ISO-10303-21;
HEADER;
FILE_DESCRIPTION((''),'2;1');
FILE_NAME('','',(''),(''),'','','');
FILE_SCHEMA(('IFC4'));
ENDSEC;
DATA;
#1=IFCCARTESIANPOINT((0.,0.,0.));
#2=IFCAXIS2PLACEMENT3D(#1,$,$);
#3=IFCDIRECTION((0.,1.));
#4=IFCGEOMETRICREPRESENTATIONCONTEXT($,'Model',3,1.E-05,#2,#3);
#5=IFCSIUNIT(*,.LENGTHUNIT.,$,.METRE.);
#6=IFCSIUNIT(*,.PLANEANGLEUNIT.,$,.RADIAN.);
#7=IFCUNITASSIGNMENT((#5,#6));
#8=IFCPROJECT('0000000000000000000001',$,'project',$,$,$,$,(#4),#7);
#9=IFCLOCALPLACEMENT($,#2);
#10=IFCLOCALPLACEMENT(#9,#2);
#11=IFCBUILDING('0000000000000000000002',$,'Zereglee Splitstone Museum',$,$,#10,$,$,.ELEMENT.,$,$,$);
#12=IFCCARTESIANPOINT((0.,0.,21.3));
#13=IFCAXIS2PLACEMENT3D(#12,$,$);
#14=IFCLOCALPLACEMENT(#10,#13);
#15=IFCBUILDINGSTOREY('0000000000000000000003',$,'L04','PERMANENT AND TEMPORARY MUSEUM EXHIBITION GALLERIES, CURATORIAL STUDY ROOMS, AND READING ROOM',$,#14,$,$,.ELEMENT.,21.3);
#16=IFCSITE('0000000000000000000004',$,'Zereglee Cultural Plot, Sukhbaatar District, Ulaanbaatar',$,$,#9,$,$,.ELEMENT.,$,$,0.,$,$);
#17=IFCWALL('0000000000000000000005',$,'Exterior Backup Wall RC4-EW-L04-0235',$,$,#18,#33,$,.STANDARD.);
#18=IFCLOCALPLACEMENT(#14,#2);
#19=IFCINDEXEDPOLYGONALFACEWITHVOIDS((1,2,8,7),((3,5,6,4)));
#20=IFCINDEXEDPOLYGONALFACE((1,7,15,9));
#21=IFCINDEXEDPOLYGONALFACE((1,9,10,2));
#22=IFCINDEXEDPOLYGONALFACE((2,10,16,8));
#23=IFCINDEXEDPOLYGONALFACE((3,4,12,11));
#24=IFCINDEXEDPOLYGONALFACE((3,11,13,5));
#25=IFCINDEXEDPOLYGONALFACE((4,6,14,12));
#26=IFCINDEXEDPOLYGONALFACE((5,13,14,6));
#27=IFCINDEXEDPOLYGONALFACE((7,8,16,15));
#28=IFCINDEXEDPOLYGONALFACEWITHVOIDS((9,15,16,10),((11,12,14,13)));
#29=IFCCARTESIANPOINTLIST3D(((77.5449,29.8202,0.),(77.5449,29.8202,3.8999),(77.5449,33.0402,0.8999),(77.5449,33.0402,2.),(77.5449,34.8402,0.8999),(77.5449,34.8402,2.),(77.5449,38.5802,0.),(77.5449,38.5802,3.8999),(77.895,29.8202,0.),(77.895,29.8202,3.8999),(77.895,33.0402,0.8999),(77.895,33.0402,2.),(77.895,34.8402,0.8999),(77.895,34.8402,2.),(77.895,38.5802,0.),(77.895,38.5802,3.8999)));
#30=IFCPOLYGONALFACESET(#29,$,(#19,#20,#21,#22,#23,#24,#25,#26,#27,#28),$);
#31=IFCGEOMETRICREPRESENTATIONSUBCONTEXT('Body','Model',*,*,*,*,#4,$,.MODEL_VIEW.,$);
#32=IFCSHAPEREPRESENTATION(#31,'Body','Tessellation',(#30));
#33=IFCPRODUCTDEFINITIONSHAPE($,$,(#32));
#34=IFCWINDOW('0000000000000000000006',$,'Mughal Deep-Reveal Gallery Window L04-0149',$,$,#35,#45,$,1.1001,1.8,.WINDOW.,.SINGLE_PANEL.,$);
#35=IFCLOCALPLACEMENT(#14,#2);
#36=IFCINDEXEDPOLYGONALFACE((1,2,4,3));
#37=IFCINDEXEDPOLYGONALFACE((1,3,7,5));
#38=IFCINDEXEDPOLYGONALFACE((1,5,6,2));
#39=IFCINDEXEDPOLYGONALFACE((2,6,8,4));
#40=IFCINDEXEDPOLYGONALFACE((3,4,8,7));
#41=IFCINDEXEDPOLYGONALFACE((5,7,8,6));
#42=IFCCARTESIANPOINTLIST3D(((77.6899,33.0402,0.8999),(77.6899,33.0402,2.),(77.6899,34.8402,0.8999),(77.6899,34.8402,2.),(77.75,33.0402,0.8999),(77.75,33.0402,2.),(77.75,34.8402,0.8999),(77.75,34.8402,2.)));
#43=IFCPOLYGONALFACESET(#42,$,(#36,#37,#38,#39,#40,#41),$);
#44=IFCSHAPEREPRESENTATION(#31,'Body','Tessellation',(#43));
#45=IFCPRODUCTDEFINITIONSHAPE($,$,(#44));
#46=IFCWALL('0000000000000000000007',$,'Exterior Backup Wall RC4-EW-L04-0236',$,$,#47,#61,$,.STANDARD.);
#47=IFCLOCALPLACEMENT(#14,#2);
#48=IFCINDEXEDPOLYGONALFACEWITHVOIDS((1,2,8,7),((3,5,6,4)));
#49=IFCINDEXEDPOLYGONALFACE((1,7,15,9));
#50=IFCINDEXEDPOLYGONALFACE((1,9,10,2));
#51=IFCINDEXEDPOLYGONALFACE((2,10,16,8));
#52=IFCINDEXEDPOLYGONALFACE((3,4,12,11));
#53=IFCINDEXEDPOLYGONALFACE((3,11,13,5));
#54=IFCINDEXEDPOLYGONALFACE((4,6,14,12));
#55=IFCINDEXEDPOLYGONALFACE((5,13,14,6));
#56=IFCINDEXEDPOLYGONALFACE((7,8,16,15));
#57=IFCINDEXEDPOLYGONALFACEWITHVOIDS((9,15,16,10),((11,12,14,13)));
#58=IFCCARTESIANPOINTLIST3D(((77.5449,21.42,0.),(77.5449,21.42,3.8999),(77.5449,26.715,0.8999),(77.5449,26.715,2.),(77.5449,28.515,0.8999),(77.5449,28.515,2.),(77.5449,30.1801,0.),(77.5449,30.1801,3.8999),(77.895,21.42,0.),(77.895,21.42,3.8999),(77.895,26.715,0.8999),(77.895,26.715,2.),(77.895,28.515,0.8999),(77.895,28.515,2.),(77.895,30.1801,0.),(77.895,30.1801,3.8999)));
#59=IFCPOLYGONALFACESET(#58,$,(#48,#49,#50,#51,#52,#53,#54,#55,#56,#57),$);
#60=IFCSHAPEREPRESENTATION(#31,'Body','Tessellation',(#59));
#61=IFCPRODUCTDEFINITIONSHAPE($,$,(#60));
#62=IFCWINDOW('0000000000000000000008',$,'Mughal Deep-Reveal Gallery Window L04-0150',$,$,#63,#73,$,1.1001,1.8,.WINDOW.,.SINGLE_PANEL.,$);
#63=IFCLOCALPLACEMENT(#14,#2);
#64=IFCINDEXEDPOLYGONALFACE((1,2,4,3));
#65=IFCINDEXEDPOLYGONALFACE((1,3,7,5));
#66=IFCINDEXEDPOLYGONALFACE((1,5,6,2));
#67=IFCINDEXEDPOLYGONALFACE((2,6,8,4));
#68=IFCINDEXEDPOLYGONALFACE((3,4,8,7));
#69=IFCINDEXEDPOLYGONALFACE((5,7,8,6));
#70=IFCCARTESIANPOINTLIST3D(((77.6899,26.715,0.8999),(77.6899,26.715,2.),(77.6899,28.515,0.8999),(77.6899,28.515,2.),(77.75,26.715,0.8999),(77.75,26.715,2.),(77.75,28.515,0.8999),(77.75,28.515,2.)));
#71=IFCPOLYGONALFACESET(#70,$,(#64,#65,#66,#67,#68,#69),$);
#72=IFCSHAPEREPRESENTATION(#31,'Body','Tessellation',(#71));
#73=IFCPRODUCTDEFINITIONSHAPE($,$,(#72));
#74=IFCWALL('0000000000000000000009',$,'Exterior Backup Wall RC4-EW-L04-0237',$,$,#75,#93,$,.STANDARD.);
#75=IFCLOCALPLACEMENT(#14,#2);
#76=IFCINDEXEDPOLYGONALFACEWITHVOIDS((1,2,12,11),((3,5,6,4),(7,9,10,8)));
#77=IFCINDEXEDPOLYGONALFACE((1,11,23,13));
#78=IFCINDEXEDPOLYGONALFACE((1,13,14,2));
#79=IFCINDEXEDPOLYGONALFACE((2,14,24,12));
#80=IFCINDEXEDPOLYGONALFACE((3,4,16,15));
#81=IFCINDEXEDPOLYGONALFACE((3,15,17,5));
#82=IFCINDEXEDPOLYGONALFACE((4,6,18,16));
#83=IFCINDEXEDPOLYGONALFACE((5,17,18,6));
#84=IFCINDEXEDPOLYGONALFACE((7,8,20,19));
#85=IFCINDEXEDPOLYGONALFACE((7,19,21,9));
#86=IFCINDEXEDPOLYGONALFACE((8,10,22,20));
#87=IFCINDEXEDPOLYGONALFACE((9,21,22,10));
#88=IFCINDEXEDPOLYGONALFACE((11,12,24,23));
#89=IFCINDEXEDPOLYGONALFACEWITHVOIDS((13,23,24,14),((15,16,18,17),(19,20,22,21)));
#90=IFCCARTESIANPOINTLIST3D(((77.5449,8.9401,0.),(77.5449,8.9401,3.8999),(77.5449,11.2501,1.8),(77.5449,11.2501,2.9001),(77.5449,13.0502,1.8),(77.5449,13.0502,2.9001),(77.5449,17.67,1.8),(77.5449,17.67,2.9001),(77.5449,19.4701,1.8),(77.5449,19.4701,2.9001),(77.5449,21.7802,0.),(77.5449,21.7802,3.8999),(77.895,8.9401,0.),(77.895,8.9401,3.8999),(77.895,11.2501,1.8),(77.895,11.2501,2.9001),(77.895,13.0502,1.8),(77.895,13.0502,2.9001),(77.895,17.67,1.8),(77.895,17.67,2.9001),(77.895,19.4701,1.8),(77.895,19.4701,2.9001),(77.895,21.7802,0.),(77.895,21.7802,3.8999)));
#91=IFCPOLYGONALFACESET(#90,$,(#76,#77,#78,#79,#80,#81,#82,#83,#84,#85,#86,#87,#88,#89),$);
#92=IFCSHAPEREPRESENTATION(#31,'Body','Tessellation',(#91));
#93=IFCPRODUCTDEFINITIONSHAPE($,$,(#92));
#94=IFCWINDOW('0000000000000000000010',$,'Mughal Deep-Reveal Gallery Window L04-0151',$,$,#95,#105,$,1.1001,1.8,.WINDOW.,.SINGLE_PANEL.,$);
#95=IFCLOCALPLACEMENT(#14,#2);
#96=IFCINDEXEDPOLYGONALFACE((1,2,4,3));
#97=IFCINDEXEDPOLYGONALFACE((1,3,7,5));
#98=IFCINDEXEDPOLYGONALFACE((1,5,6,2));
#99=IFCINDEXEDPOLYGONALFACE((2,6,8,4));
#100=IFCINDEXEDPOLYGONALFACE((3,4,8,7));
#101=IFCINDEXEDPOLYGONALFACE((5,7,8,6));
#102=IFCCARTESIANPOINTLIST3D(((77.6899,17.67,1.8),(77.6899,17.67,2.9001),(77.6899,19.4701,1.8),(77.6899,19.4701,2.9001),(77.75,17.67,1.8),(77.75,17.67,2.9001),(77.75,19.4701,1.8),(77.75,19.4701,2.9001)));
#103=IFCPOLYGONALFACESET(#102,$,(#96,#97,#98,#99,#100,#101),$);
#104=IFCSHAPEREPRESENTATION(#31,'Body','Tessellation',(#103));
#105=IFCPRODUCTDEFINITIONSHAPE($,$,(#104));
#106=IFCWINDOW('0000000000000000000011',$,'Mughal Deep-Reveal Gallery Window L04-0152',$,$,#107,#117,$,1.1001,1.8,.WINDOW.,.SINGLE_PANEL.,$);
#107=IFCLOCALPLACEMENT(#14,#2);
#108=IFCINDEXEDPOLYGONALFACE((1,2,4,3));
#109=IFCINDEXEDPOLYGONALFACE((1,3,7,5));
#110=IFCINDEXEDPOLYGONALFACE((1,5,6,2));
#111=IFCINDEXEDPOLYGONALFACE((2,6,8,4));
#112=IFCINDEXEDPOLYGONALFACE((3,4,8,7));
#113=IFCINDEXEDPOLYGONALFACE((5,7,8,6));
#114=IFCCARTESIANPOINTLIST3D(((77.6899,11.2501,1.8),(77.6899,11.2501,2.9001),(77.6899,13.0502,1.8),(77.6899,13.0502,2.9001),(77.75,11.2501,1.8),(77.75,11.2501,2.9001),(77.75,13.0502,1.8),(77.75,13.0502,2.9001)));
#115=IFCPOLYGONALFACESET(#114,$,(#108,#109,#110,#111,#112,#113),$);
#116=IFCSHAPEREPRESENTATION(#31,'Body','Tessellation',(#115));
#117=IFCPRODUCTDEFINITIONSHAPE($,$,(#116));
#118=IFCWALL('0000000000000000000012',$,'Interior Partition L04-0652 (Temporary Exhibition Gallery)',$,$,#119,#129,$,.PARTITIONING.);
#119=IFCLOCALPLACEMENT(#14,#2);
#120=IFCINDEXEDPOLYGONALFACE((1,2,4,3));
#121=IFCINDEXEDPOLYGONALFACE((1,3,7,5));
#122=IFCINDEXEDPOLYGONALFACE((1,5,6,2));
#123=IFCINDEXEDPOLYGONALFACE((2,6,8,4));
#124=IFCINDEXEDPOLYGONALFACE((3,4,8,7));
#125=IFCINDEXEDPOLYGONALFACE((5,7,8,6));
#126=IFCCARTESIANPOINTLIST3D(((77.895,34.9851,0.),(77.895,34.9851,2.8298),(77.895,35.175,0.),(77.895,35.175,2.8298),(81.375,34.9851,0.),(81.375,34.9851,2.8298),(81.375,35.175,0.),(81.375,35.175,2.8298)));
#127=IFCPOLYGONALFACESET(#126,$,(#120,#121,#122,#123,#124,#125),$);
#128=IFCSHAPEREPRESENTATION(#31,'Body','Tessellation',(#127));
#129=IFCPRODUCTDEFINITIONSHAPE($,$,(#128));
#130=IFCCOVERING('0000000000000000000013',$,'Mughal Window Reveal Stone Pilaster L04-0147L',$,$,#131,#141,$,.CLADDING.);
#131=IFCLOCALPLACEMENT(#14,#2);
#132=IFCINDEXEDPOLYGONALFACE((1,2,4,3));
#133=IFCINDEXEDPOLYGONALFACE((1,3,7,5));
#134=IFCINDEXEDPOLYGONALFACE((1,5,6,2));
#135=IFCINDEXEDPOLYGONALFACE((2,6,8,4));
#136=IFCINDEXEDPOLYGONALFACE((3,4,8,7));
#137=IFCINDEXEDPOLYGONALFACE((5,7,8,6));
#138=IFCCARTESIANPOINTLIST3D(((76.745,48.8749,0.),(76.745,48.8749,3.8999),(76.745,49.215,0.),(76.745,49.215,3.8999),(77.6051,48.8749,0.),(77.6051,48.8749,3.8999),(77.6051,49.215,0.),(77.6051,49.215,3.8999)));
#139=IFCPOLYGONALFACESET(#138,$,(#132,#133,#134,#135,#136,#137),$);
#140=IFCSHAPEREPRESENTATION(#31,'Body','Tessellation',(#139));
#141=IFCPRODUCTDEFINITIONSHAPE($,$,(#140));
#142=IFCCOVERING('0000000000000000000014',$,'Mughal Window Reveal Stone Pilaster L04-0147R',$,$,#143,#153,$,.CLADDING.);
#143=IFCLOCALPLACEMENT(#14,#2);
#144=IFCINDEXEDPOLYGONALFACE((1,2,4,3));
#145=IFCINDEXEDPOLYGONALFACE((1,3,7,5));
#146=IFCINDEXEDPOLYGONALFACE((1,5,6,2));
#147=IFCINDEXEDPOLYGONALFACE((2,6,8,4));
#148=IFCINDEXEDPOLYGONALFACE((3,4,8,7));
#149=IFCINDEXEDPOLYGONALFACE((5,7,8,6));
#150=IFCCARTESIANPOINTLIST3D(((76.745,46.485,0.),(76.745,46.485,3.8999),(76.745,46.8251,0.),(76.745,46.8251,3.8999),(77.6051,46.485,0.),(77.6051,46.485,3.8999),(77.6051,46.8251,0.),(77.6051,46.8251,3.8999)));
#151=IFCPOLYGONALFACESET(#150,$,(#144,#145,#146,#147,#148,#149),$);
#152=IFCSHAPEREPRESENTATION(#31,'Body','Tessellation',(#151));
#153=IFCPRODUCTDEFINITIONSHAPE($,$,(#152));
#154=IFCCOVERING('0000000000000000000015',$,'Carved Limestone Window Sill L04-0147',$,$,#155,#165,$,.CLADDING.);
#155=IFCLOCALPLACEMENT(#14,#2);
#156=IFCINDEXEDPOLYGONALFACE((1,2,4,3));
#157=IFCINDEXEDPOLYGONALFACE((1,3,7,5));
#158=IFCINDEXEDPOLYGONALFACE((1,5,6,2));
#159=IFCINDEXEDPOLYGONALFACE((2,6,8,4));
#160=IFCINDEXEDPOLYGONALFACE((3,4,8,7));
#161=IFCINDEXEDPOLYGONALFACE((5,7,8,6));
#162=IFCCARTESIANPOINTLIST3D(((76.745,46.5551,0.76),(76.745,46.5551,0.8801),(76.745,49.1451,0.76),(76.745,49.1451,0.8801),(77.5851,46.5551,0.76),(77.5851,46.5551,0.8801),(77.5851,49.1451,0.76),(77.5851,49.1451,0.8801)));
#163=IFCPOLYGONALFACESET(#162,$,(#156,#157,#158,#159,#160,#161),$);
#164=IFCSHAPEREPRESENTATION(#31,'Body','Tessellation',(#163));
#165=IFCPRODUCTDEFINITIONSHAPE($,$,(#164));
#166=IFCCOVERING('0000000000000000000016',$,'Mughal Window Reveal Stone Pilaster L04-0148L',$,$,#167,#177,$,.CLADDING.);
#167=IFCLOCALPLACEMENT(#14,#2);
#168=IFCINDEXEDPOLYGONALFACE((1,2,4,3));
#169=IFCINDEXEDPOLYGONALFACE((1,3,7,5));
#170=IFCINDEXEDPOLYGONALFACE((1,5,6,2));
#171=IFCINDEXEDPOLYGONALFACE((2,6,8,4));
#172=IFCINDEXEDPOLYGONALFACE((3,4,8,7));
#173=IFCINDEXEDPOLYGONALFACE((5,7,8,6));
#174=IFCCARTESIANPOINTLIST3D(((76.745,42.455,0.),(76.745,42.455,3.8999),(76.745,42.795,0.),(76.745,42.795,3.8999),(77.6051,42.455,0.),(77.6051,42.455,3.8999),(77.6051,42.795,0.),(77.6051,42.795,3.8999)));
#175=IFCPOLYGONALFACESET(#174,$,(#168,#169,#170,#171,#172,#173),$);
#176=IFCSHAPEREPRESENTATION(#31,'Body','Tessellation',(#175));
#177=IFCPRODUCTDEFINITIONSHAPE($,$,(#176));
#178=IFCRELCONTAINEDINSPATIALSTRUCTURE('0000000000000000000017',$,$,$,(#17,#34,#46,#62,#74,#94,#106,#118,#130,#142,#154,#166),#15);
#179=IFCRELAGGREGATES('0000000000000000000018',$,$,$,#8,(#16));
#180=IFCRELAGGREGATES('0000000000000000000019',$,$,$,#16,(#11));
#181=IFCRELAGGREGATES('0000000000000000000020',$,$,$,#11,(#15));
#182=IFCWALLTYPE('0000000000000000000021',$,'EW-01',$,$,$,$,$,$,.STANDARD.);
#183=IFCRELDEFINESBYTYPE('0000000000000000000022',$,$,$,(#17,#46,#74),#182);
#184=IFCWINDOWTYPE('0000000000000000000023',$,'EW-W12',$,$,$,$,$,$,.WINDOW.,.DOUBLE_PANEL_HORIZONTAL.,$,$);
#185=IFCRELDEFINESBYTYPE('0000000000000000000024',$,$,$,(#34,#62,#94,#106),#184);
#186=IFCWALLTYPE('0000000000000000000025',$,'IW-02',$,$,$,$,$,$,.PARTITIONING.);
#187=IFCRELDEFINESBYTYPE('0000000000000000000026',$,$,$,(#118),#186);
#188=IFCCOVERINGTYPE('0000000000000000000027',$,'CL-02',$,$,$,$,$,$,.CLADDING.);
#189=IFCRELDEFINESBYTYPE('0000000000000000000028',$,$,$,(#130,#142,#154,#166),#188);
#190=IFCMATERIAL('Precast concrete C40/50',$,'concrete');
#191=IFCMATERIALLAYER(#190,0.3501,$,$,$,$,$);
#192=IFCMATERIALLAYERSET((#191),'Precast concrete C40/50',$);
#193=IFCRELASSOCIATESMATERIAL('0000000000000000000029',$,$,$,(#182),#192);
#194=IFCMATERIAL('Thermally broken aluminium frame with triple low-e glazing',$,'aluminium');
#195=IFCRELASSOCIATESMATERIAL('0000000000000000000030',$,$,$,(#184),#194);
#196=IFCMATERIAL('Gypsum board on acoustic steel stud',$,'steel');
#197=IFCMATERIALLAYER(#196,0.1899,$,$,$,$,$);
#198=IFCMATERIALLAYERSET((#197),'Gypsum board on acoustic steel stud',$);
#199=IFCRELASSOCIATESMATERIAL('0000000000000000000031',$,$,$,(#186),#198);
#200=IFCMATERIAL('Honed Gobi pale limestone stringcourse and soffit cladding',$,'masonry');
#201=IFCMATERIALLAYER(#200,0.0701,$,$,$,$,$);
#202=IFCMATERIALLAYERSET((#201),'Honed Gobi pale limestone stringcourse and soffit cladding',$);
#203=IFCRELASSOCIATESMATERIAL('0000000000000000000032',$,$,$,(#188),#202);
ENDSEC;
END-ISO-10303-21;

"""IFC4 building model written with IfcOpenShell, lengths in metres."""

from ifc_helpers import new_model, si_unit, direction, frame, frame_2d, origin, origin_2d, place, context, subcontext, project, spatial, rectangle, extrude, material, layer, layer_set, type_object, element, fill, save


model = new_model("IFC4")

# Units and contexts
model_context = context("Model", 3, precision=1e-05, world=origin(), true_north=direction((0.0, 1.0)))
body_context = subcontext(model_context, "Body", "Model", "MODEL_VIEW")
ifc_project = project(units=[si_unit("LENGTHUNIT", "METRE"), si_unit("PLANEANGLEUNIT", "RADIAN")], contexts=[model_context])

# Site, building, storey
site_placement = place(None, origin())
site = spatial("IfcSite", under=ifc_project, at=site_placement, Name="Zereglee Cultural Plot, Sukhbaatar District, Ulaanbaatar", CompositionType="ELEMENT", RefElevation=0.0)
building_placement = place(site_placement, origin())
building = spatial("IfcBuilding", under=site, at=building_placement, Name="Zereglee Splitstone Museum", CompositionType="ELEMENT")
storey_placement = place(building_placement, frame((0.0, 0.0, 21.3)))
storey = spatial("IfcBuildingStorey", under=building, at=storey_placement, Name="L04", Description="PERMANENT AND TEMPORARY MUSEUM EXHIBITION GALLERIES, CURATORIAL STUDY ROOMS, AND READING ROOM", CompositionType="ELEMENT", Elevation=21.3)

# Shared definitions
ifc_material_1 = material(Name="Precast concrete C40/50", Category="concrete")
ifc_layer_1 = layer(ifc_material_1, 0.3501)
ifc_layer_set_1 = layer_set([ifc_layer_1], Name="Precast concrete C40/50")
wall_type_1 = type_object("IfcWallType", Name="EW-01", PredefinedType="STANDARD", material=ifc_layer_set_1)
ifc_material_2 = material(Name="Thermally broken aluminium frame with triple low-e glazing", Category="aluminium")

# Walls, openings, windows
wall_1_placement = place(storey_placement, frame((77.72, 38.5801, 0.0), z_axis=(0.0, 0.0, 1.0), x_axis=(0.0, -1.0, 0.0)))
wall_1 = element("IfcWall", 1, at=wall_1_placement, inside=storey, type_object=wall_type_1, Name="Exterior Backup Wall RC4-EW-L04-0235", PredefinedType="STANDARD", context=body_context, shape_type="SweptSolid", body=[
    extrude(rectangle(XDim=8.76, YDim=0.3501, at=frame_2d((4.3799, 0.0))), origin(), (0.0, 0.0, 1.0), 3.8999),
])
opening_1_placement = place(wall_1_placement, frame((3.74, 0.0, 0.8999)))
opening_1 = element("IfcOpeningElement", 2, at=opening_1_placement, cuts=wall_1, PredefinedType="OPENING", context=body_context, shape_type="SweptSolid", body=[
    extrude(rectangle(XDim=1.8, YDim=1.1001, at=frame_2d((0.8999, 0.55))), frame((0.0, 0.1899, 0.0), z_axis=(0.0, -1.0, 0.0), x_axis=(1.0, 0.0, 0.0)), (0.0, 0.0, 1.0), 0.3799),
])
window_type_1 = type_object("IfcWindowType", Name="EW-W12", PartitioningType="DOUBLE_PANEL_HORIZONTAL", PredefinedType="WINDOW", material=ifc_material_2)
window_1_placement = place(opening_1_placement, origin())
window_1 = element("IfcWindow", 3, at=window_1_placement, inside=storey, type_object=window_type_1, Name="Mughal Deep-Reveal Gallery Window L04-0149", OverallHeight=1.1001, OverallWidth=1.8, PartitioningType="SINGLE_PANEL", PredefinedType="WINDOW", context=body_context, shape_type="SweptSolid", body=[
    extrude(rectangle(XDim=1.8, YDim=1.1001, at=frame_2d((0.8999, 0.55))), frame((0.0, 0.03, 0.0), z_axis=(0.0, -1.0, 0.0), x_axis=(1.0, 0.0, 0.0)), (0.0, 0.0, 1.0), 0.0601),
])
fill(opening_1, window_1)
wall_2_placement = place(storey_placement, frame((77.72, 30.1799, 0.0), z_axis=(0.0, 0.0, 1.0), x_axis=(0.0, -1.0, 0.0)))
wall_2 = element("IfcWall", 4, at=wall_2_placement, inside=storey, type_object=wall_type_1, Name="Exterior Backup Wall RC4-EW-L04-0236", PredefinedType="STANDARD", context=body_context, shape_type="SweptSolid", body=[
    extrude(rectangle(XDim=8.76, YDim=0.3501, at=frame_2d((4.3799, 0.0))), origin(), (0.0, 0.0, 1.0), 3.8999),
])
opening_2_placement = place(wall_2_placement, frame((1.665, 0.0, 0.8999)))
opening_2 = element("IfcOpeningElement", 5, at=opening_2_placement, cuts=wall_2, PredefinedType="OPENING", context=body_context, shape_type="SweptSolid", body=[
    extrude(rectangle(XDim=1.8, YDim=1.1001, at=frame_2d((0.8999, 0.55))), frame((0.0, 0.1899, 0.0), z_axis=(0.0, -1.0, 0.0), x_axis=(1.0, 0.0, 0.0)), (0.0, 0.0, 1.0), 0.3799),
])
window_2_placement = place(opening_2_placement, origin())
window_2 = element("IfcWindow", 6, at=window_2_placement, inside=storey, type_object=window_type_1, Name="Mughal Deep-Reveal Gallery Window L04-0150", OverallHeight=1.1001, OverallWidth=1.8, PartitioningType="SINGLE_PANEL", PredefinedType="WINDOW", context=body_context, shape_type="SweptSolid", body=[
    extrude(rectangle(XDim=1.8, YDim=1.1001, at=frame_2d((0.8999, 0.55))), frame((0.0, 0.03, 0.0), z_axis=(0.0, -1.0, 0.0), x_axis=(1.0, 0.0, 0.0)), (0.0, 0.0, 1.0), 0.0601),
])
fill(opening_2, window_2)

# Wall, openings, windows
wall_3_placement = place(storey_placement, frame((77.72, 21.78, 0.0), z_axis=(0.0, 0.0, 1.0), x_axis=(0.0, -1.0, 0.0)))
wall_3 = element("IfcWall", 7, at=wall_3_placement, inside=storey, type_object=wall_type_1, Name="Exterior Backup Wall RC4-EW-L04-0237", PredefinedType="STANDARD", context=body_context, shape_type="SweptSolid", body=[
    extrude(rectangle(XDim=12.8401, YDim=0.3501, at=frame_2d((6.4199, 0.0))), origin(), (0.0, 0.0, 1.0), 3.8999),
])
opening_3_placement = place(wall_3_placement, frame((2.3101, 0.0, 1.8)))
opening_3 = element("IfcOpeningElement", 8, at=opening_3_placement, cuts=wall_3, PredefinedType="OPENING", context=body_context, shape_type="SweptSolid", body=[
    extrude(rectangle(XDim=1.8, YDim=1.1001, at=frame_2d((0.8999, 0.55))), frame((0.0, 0.1899, 0.0), z_axis=(0.0, -1.0, 0.0), x_axis=(1.0, 0.0, 0.0)), (0.0, 0.0, 1.0), 0.3799),
])
opening_4_placement = place(wall_3_placement, frame((8.73, 0.0, 1.8)))
opening_4 = element("IfcOpeningElement", 9, at=opening_4_placement, cuts=wall_3, PredefinedType="OPENING", context=body_context, shape_type="SweptSolid", body=[
    extrude(rectangle(XDim=1.8, YDim=1.1001, at=frame_2d((0.8999, 0.55))), frame((0.0, 0.1899, 0.0), z_axis=(0.0, -1.0, 0.0), x_axis=(1.0, 0.0, 0.0)), (0.0, 0.0, 1.0), 0.3799),
])
window_3_placement = place(opening_3_placement, origin())
window_3 = element("IfcWindow", 10, at=window_3_placement, inside=storey, type_object=window_type_1, Name="Mughal Deep-Reveal Gallery Window L04-0151", OverallHeight=1.1001, OverallWidth=1.8, PartitioningType="SINGLE_PANEL", PredefinedType="WINDOW", context=body_context, shape_type="SweptSolid", body=[
    extrude(rectangle(XDim=1.8, YDim=1.1001, at=frame_2d((0.8999, 0.55))), frame((0.0, 0.03, 0.0), z_axis=(0.0, -1.0, 0.0), x_axis=(1.0, 0.0, 0.0)), (0.0, 0.0, 1.0), 0.0601),
])
fill(opening_3, window_3)
window_4_placement = place(opening_4_placement, origin())
window_4 = element("IfcWindow", 11, at=window_4_placement, inside=storey, type_object=window_type_1, Name="Mughal Deep-Reveal Gallery Window L04-0152", OverallHeight=1.1001, OverallWidth=1.8, PartitioningType="SINGLE_PANEL", PredefinedType="WINDOW", context=body_context, shape_type="SweptSolid", body=[
    extrude(rectangle(XDim=1.8, YDim=1.1001, at=frame_2d((0.8999, 0.55))), frame((0.0, 0.03, 0.0), z_axis=(0.0, -1.0, 0.0), x_axis=(1.0, 0.0, 0.0)), (0.0, 0.0, 1.0), 0.0601),
])
fill(opening_4, window_4)

# Wall
ifc_material_3 = material(Name="Gypsum board on acoustic steel stud", Category="steel")
ifc_layer_2 = layer(ifc_material_3, 0.1899)
ifc_layer_set_2 = layer_set([ifc_layer_2], Name="Gypsum board on acoustic steel stud")
wall_type_2 = type_object("IfcWallType", Name="IW-02", PredefinedType="PARTITIONING", material=ifc_layer_set_2)
wall_4_placement = place(storey_placement, frame((77.895, 35.0801, 0.0), z_axis=(0.0, 0.0, 1.0), x_axis=(1.0, 0.0, 0.0)))
element("IfcWall", 12, at=wall_4_placement, inside=storey, type_object=wall_type_2, Name="Interior Partition L04-0652 (Temporary Exhibition Gallery)", PredefinedType="PARTITIONING", context=body_context, shape_type="SweptSolid", body=[
    extrude(rectangle(XDim=3.48, YDim=0.1899, at=frame_2d((1.74, 0.0))), origin(), (0.0, 0.0, 1.0), 2.8298),
])

# Coverings
ifc_material_4 = material(Name="Honed Gobi pale limestone stringcourse and soffit cladding", Category="masonry")
ifc_layer_3 = layer(ifc_material_4, 0.0701)
ifc_layer_set_3 = layer_set([ifc_layer_3], Name="Honed Gobi pale limestone stringcourse and soffit cladding")
covering_type_1 = type_object("IfcCoveringType", Name="CL-02", PredefinedType="CLADDING", material=ifc_layer_set_3)
for number, where, z_axis, x_axis, name in (
    (13, (77.175, 49.0449, 0.0), (0.0, 0.0, 1.0), (0.0, -1.0, 0.0), "Mughal Window Reveal Stone Pilaster L04-0147L"),
    (14, (77.175, 46.655, 0.0), (0.0, 0.0, 1.0), (0.0, -1.0, 0.0), "Mughal Window Reveal Stone Pilaster L04-0147R"),
):
    element("IfcCovering", number, at=place(storey_placement, frame(where, z_axis=z_axis, x_axis=x_axis)), inside=storey, type_object=covering_type_1, Name=name, PredefinedType="CLADDING", context=body_context, shape_type="SweptSolid", body=[
        extrude(rectangle(XDim=0.3401, YDim=0.8601, at=origin_2d()), origin(), (0.0, 0.0, 1.0), 3.8999),
    ])
covering_1_placement = place(storey_placement, frame((77.165, 47.8501, 0.76), z_axis=(0.0, 0.0, 1.0), x_axis=(0.0, -1.0, 0.0)))
element("IfcCovering", 15, at=covering_1_placement, inside=storey, type_object=covering_type_1, Name="Carved Limestone Window Sill L04-0147", PredefinedType="CLADDING", context=body_context, shape_type="SweptSolid", body=[
    extrude(rectangle(XDim=2.5901, YDim=0.8401, at=origin_2d()), origin(), (0.0, 0.0, 1.0), 0.1201),
])
for number, where, z_axis, x_axis, name in (
    (16, (77.175, 42.625, 0.0), (0.0, 0.0, 1.0), (0.0, -1.0, 0.0), "Mughal Window Reveal Stone Pilaster L04-0148L"),
):
    element("IfcCovering", number, at=place(storey_placement, frame(where, z_axis=z_axis, x_axis=x_axis)), inside=storey, type_object=covering_type_1, Name=name, PredefinedType="CLADDING", context=body_context, shape_type="SweptSolid", body=[
        extrude(rectangle(XDim=0.3401, YDim=0.8601, at=origin_2d()), origin(), (0.0, 0.0, 1.0), 3.8999),
    ])

save(model, "model.ifc")
